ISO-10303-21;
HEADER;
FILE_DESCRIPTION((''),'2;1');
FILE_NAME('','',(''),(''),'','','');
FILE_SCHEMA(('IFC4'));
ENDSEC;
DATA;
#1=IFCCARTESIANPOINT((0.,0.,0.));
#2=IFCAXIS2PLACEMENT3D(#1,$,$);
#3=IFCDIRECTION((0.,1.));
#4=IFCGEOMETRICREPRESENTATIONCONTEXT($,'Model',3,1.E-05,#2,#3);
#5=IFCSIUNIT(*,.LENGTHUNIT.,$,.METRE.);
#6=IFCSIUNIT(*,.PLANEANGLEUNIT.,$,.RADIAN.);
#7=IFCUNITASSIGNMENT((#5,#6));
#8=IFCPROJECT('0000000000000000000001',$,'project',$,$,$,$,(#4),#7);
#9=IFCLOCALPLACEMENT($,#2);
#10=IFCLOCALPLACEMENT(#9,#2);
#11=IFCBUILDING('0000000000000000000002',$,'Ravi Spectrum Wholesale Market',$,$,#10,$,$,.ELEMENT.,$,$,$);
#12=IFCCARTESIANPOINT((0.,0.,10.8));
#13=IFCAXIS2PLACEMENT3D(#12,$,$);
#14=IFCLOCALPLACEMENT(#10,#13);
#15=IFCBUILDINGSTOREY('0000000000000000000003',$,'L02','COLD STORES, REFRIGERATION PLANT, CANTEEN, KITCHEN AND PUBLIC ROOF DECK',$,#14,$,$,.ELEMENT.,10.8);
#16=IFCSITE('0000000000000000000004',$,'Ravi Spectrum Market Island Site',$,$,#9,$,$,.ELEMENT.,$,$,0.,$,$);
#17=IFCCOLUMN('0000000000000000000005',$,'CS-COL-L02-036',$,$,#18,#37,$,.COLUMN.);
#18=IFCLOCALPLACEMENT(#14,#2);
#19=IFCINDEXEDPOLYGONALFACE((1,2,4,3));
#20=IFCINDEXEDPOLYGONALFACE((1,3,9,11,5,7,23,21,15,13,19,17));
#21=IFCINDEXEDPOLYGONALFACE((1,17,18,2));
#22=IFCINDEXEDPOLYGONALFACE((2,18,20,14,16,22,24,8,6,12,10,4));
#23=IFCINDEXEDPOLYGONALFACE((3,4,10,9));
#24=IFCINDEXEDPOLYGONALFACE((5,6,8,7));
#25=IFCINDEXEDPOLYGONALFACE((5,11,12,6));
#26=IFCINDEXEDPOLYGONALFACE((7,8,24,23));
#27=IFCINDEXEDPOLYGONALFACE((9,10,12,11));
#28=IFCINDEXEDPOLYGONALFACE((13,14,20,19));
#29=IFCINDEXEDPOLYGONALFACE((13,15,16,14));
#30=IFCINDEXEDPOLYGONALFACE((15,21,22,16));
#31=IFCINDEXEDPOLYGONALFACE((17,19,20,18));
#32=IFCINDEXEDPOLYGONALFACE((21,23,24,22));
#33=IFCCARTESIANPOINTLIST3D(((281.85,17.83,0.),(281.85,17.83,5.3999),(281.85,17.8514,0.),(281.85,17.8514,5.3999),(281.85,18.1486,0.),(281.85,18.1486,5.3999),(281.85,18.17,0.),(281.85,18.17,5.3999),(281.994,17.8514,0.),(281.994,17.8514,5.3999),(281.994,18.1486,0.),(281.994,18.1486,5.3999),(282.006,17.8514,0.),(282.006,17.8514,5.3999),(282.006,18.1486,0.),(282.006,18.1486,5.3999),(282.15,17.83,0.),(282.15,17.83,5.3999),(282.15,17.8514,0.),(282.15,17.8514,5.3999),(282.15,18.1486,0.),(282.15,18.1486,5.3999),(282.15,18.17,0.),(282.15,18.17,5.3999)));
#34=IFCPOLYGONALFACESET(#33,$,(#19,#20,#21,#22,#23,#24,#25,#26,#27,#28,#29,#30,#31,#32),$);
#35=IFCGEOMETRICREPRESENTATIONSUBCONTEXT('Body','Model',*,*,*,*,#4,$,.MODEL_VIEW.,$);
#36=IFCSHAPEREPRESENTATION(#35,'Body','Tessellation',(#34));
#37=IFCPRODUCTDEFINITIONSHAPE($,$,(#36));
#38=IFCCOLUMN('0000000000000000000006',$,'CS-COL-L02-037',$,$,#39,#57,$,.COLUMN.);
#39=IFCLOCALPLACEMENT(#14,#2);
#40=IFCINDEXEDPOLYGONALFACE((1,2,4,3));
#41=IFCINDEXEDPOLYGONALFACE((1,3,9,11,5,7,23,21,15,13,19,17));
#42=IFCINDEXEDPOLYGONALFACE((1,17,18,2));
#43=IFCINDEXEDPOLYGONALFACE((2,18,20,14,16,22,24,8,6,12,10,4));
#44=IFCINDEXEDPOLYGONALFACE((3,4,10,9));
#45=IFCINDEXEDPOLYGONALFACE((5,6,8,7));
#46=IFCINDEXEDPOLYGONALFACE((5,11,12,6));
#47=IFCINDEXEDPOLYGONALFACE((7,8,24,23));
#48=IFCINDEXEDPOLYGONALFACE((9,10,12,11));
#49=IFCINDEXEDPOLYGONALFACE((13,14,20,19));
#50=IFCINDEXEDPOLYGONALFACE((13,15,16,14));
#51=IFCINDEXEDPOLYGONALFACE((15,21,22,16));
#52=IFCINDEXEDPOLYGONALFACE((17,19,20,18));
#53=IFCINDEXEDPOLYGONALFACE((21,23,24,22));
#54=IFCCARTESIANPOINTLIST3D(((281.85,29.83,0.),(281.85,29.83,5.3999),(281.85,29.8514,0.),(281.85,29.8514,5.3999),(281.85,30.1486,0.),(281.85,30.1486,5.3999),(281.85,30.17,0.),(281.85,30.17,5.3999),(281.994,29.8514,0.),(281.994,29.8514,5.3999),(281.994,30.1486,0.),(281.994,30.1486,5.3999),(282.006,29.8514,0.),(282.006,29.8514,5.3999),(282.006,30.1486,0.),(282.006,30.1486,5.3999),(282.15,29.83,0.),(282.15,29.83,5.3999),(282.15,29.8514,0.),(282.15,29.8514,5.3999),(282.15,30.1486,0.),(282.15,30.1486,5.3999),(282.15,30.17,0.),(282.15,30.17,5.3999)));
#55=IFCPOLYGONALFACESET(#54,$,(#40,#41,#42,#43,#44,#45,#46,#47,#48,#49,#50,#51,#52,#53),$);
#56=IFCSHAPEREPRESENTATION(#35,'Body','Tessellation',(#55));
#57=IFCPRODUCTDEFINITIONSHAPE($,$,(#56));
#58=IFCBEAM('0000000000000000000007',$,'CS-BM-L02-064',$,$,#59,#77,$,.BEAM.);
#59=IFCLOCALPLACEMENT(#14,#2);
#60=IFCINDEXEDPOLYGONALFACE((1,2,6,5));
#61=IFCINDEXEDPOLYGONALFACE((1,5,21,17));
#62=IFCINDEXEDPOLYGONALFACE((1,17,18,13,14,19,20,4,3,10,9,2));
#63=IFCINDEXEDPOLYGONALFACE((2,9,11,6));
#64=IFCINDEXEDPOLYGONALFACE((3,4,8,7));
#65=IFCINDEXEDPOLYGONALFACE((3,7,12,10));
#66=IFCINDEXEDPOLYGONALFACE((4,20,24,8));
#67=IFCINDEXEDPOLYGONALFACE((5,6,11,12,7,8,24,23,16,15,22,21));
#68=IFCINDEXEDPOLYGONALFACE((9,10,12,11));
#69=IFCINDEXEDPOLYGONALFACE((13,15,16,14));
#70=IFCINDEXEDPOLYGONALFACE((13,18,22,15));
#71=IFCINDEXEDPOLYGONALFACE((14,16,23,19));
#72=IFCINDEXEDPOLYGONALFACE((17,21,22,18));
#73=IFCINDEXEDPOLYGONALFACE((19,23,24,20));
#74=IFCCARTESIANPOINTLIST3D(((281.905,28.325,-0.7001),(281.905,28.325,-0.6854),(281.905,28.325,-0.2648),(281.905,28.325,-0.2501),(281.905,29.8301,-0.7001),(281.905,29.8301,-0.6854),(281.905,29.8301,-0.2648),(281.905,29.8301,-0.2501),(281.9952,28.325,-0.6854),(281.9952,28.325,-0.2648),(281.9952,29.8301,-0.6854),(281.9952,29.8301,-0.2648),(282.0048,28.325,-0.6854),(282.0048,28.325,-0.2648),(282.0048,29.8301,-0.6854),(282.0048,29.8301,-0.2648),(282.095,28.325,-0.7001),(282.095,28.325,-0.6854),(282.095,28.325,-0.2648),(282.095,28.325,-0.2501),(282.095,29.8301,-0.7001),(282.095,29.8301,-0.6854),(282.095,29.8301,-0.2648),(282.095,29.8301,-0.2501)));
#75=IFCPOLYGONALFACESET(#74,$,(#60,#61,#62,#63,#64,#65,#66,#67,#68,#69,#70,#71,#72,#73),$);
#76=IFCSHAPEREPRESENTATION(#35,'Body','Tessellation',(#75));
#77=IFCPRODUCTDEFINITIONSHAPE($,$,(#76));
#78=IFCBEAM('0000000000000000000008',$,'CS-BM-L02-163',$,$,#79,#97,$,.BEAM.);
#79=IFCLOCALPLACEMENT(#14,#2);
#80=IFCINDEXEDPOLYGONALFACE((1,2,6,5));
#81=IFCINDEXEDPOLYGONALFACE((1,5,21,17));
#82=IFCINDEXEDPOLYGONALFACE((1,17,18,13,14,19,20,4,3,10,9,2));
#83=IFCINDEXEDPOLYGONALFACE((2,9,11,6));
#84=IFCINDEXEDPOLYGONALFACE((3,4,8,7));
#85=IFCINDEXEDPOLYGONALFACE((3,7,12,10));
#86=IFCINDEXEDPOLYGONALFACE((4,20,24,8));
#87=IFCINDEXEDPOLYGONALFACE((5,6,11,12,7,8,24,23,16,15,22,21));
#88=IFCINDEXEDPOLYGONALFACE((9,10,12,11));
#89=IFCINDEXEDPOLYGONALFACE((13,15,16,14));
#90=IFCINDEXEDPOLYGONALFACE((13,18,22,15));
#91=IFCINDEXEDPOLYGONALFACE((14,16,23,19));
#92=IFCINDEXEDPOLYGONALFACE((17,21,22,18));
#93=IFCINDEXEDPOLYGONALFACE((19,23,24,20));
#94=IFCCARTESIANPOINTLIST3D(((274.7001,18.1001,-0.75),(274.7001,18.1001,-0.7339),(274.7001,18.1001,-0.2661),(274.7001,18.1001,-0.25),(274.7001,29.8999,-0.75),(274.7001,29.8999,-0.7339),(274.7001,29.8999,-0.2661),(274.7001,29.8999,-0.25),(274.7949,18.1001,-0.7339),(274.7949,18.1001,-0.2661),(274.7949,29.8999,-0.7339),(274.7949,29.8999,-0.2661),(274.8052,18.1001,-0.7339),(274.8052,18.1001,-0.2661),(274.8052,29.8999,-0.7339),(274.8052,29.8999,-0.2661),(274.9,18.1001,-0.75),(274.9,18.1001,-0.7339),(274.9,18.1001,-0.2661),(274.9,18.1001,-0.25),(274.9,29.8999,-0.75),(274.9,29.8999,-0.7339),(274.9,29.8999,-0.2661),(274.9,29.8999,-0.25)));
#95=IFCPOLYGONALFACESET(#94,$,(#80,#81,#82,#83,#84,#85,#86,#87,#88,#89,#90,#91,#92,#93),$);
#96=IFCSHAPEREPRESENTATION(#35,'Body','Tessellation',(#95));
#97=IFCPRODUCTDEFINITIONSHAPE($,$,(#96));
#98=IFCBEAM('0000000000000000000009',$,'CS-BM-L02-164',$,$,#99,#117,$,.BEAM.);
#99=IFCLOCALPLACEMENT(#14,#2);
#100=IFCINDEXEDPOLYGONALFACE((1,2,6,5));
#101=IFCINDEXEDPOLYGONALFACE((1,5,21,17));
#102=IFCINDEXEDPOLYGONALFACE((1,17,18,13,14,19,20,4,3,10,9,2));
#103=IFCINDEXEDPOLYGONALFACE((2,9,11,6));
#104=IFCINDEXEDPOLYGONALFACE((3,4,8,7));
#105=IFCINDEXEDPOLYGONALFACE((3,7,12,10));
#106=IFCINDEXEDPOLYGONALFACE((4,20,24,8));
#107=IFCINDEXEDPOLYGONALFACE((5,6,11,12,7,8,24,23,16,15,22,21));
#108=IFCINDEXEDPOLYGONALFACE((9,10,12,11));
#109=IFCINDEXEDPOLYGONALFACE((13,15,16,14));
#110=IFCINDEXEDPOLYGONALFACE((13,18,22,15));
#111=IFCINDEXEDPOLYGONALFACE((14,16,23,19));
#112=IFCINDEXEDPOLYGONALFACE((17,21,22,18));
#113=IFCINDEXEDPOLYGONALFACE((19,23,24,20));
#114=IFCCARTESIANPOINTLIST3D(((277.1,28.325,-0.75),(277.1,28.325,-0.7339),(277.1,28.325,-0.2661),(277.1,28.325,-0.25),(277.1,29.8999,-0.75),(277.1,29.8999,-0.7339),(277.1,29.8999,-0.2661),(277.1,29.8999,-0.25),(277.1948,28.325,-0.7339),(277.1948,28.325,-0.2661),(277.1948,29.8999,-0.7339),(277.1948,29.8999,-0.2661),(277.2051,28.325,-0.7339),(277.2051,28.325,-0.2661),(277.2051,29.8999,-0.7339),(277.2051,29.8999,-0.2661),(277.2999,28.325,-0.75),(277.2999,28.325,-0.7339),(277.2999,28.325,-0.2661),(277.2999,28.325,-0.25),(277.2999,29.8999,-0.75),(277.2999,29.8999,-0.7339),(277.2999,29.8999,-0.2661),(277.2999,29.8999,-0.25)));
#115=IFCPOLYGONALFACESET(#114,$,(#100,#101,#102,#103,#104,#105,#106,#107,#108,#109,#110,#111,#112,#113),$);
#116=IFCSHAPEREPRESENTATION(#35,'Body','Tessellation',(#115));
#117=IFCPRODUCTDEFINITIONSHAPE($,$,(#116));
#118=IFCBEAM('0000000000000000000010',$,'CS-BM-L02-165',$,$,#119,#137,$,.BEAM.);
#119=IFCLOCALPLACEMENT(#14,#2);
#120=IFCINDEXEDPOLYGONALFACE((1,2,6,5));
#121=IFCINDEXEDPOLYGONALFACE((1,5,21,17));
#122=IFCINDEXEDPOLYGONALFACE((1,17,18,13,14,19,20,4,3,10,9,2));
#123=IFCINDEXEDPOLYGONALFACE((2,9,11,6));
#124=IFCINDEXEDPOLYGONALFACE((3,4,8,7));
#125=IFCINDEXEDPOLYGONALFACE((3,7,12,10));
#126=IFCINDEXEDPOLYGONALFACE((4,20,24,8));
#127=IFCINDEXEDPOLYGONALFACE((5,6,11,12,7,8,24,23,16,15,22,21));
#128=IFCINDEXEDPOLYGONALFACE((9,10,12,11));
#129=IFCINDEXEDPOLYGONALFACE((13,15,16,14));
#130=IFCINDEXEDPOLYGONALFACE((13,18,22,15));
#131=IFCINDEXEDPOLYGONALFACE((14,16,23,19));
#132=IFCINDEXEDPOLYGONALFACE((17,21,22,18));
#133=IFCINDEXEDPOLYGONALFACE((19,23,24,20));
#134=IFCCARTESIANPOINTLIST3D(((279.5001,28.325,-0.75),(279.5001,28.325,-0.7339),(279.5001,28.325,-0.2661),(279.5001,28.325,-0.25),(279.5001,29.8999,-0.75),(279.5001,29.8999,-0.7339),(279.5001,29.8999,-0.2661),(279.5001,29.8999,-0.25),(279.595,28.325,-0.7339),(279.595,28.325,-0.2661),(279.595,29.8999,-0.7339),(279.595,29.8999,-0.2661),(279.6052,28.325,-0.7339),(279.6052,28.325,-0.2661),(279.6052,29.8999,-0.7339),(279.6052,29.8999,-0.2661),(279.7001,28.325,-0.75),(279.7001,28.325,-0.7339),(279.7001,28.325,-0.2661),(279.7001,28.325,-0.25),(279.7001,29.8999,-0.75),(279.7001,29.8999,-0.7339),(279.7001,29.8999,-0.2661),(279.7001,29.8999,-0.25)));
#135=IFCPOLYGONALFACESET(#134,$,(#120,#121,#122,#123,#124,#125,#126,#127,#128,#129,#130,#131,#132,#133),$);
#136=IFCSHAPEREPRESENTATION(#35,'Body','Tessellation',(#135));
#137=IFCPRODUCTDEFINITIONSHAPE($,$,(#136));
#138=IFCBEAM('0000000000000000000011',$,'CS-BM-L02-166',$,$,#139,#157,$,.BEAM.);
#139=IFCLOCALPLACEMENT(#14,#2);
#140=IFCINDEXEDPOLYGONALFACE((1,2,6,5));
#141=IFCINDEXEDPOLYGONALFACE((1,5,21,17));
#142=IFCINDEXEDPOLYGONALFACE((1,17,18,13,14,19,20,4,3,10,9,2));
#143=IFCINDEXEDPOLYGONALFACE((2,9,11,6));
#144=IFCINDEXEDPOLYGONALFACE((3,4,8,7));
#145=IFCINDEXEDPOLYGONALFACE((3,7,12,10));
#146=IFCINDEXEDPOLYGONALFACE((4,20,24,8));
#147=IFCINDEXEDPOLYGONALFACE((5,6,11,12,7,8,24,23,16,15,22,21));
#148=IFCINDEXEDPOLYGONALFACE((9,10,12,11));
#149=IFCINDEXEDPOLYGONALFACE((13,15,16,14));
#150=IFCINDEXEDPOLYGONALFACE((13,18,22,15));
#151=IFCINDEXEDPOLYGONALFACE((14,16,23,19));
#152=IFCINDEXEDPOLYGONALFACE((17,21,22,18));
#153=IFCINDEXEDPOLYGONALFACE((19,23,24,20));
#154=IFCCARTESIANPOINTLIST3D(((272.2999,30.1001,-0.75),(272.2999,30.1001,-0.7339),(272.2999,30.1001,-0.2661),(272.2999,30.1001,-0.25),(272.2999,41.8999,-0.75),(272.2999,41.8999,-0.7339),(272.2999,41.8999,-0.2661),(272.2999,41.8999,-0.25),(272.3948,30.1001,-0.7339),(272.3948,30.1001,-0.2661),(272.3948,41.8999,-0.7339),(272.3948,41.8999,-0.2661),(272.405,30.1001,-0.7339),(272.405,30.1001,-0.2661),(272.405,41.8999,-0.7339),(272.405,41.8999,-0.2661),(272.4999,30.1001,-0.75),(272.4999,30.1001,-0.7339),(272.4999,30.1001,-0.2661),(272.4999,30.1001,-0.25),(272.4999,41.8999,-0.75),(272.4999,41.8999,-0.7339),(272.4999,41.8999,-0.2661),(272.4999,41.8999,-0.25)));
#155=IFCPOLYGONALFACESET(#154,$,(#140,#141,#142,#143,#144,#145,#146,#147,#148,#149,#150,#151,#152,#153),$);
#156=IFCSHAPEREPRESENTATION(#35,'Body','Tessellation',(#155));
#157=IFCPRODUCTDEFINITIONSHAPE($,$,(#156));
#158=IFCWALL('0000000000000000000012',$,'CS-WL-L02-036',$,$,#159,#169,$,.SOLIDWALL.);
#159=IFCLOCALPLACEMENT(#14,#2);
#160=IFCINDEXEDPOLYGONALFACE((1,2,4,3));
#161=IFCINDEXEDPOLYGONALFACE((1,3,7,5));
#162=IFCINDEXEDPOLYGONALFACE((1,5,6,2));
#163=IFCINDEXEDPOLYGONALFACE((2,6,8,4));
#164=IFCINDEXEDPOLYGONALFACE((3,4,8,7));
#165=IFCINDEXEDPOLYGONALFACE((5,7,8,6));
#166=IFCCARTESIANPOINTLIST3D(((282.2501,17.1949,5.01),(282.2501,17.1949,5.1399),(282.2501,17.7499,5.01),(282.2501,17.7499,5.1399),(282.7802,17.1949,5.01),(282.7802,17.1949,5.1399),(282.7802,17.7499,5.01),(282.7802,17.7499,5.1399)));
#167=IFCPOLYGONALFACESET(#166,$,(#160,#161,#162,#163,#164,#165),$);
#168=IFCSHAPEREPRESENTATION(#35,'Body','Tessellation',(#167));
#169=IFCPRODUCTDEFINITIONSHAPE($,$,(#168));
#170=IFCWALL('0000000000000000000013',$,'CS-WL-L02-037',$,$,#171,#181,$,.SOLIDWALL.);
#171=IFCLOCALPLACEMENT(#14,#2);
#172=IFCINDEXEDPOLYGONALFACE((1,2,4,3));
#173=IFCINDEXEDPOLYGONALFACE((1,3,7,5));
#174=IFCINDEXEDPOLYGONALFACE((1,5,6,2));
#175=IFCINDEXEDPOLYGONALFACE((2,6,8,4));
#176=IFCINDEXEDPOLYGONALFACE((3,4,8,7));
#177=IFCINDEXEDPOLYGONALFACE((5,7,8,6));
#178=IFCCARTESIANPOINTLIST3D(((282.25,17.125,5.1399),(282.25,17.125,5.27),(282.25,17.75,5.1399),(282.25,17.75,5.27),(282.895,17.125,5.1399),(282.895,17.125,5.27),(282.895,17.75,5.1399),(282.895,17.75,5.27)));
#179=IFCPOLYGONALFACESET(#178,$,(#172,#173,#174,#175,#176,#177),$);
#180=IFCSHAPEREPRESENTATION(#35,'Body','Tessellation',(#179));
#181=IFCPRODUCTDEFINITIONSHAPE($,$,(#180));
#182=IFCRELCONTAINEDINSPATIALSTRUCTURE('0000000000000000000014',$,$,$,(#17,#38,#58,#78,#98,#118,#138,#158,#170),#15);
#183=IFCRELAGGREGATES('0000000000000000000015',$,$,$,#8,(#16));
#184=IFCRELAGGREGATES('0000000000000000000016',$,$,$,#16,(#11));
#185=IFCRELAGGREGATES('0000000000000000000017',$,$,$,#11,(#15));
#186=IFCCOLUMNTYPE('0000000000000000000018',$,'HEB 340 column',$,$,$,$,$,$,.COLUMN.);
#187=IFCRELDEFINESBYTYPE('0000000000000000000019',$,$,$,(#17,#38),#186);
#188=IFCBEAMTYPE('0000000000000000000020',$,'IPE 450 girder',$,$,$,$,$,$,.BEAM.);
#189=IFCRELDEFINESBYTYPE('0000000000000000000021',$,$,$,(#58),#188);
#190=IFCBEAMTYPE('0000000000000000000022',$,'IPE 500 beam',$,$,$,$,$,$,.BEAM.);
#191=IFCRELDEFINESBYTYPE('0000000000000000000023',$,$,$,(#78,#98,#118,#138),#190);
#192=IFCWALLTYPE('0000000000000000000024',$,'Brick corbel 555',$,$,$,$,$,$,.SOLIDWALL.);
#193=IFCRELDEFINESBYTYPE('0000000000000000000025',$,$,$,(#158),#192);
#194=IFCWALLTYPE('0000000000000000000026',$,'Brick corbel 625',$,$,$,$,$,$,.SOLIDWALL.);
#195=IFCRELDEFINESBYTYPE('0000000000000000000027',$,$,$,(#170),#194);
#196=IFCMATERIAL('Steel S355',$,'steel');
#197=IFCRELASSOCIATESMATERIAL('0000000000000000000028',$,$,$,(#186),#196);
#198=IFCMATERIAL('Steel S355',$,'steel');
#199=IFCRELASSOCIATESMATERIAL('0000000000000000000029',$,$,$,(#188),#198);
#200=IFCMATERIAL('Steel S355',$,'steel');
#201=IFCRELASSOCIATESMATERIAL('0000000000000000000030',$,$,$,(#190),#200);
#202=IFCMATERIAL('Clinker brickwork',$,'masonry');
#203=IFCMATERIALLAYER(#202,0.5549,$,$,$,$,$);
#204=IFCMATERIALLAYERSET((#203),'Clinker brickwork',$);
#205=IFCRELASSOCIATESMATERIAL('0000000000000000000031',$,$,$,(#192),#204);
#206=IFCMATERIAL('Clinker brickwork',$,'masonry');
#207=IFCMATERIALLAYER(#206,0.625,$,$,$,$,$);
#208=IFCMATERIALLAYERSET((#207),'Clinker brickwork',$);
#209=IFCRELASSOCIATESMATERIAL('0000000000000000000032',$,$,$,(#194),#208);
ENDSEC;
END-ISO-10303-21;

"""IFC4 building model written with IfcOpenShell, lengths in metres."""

from ifc_helpers import new_model, si_unit, direction, frame, frame_2d, origin, origin_2d, place, context, subcontext, project, spatial, rectangle, i_section, extrude, material, layer, layer_set, material_profile, profile_set, type_object, element, save


model = new_model("IFC4")

# Units and contexts
model_context = context("Model", 3, precision=1e-05, world=origin(), true_north=direction((0.0, 1.0)))
body_context = subcontext(model_context, "Body", "Model", "MODEL_VIEW")
ifc_project = project(units=[si_unit("LENGTHUNIT", "METRE"), si_unit("PLANEANGLEUNIT", "RADIAN")], contexts=[model_context])

# Site, building, storey
site_placement = place(None, origin())
site = spatial("IfcSite", under=ifc_project, at=site_placement, Name="Ravi Spectrum Market Island Site", CompositionType="ELEMENT", RefElevation=0.0)
building_placement = place(site_placement, origin())
building = spatial("IfcBuilding", under=site, at=building_placement, Name="Ravi Spectrum Wholesale Market", CompositionType="ELEMENT")
storey_placement = place(building_placement, frame((0.0, 0.0, 10.8)))
storey = spatial("IfcBuildingStorey", under=building, at=storey_placement, Name="L02", Description="COLD STORES, REFRIGERATION PLANT, CANTEEN, KITCHEN AND PUBLIC ROOF DECK", CompositionType="ELEMENT", Elevation=10.8)

# Columns
ifc_material_1 = material(Name="Steel S355", Category="steel")
ifc_material_profile_1 = material_profile(ifc_material_1, i_section(OverallWidth=0.3, OverallDepth=0.3401, WebThickness=0.012, FlangeThickness=0.0215, at=origin_2d()))
ifc_profile_set_1 = profile_set([ifc_material_profile_1], Name="Steel S355")
column_type = type_object("IfcColumnType", Name="HEB 340 column", PredefinedType="COLUMN", material=ifc_profile_set_1)
for number, where, z_axis, x_axis, name in (
    (1, (282.0, 18.0, 0.0), (0.0, 0.0, 1.0), (1.0, 0.0, 0.0), "CS-COL-L02-036"),
    (2, (282.0, 30.0, 0.0), (0.0, 0.0, 1.0), (1.0, 0.0, 0.0), "CS-COL-L02-037"),
):
    element("IfcColumn", number, at=place(storey_placement, frame(where, z_axis=z_axis, x_axis=x_axis)), inside=storey, type_object=column_type, Name=name, PredefinedType="COLUMN", context=body_context, shape_type="SweptSolid", body=[
        extrude(i_section(OverallWidth=0.3, OverallDepth=0.3401, WebThickness=0.012, FlangeThickness=0.0215, at=origin_2d()), origin(), (0.0, 0.0, 1.0), 5.3999),
    ])

# Beams
ifc_material_2 = material(Name="Steel S355", Category="steel")
ifc_material_profile_2 = material_profile(ifc_material_2, i_section(OverallWidth=0.1899, OverallDepth=0.45, WebThickness=0.0095, FlangeThickness=0.0146, at=origin_2d()))
ifc_profile_set_2 = profile_set([ifc_material_profile_2], Name="Steel S355")
beam_type_1 = type_object("IfcBeamType", Name="IPE 450 girder", PredefinedType="BEAM", material=ifc_profile_set_2)
beam_1_placement = place(storey_placement, frame((282.0, 28.325, -0.4751), z_axis=(0.0, 1.0, 0.0), x_axis=(-1.0, 0.0, 0.0)))
element("IfcBeam", 3, at=beam_1_placement, inside=storey, type_object=beam_type_1, Name="CS-BM-L02-064", PredefinedType="BEAM", context=body_context, shape_type="SweptSolid", body=[
    extrude(i_section(OverallWidth=0.1899, OverallDepth=0.45, WebThickness=0.0095, FlangeThickness=0.0146, at=origin_2d()), origin(), (0.0, 0.0, 1.0), 1.5051),
])
ifc_material_3 = material(Name="Steel S355", Category="steel")
ifc_material_profile_3 = material_profile(ifc_material_3, i_section(OverallWidth=0.2, OverallDepth=0.5, WebThickness=0.0103, FlangeThickness=0.0161, at=origin_2d()))
ifc_profile_set_3 = profile_set([ifc_material_profile_3], Name="Steel S355")
beam_type_2 = type_object("IfcBeamType", Name="IPE 500 beam", PredefinedType="BEAM", material=ifc_profile_set_3)
beam_2_placement = place(storey_placement, frame((274.8, 18.1001, -0.5), z_axis=(0.0, 1.0, 0.0), x_axis=(-1.0, 0.0, 0.0)))
element("IfcBeam", 4, at=beam_2_placement, inside=storey, type_object=beam_type_2, Name="CS-BM-L02-163", PredefinedType="BEAM", context=body_context, shape_type="SweptSolid", body=[
    extrude(i_section(OverallWidth=0.2, OverallDepth=0.5, WebThickness=0.0103, FlangeThickness=0.0161, at=origin_2d()), origin(), (0.0, 0.0, 1.0), 11.7998),
])
for number, where, z_axis, x_axis, name in (
    (5, (277.2, 28.325, -0.5), (0.0, 1.0, 0.0), (-1.0, 0.0, 0.0), "CS-BM-L02-164"),
    (6, (279.6001, 28.325, -0.5), (0.0, 1.0, 0.0), (-1.0, 0.0, 0.0), "CS-BM-L02-165"),
):
    element("IfcBeam", number, at=place(storey_placement, frame(where, z_axis=z_axis, x_axis=x_axis)), inside=storey, type_object=beam_type_2, Name=name, PredefinedType="BEAM", context=body_context, shape_type="SweptSolid", body=[
        extrude(i_section(OverallWidth=0.2, OverallDepth=0.5, WebThickness=0.0103, FlangeThickness=0.0161, at=origin_2d()), origin(), (0.0, 0.0, 1.0), 1.575),
    ])
beam_3_placement = place(storey_placement, frame((272.3999, 30.1001, -0.5), z_axis=(0.0, 1.0, 0.0), x_axis=(-1.0, 0.0, 0.0)))
element("IfcBeam", 7, at=beam_3_placement, inside=storey, type_object=beam_type_2, Name="CS-BM-L02-166", PredefinedType="BEAM", context=body_context, shape_type="SweptSolid", body=[
    extrude(i_section(OverallWidth=0.2, OverallDepth=0.5, WebThickness=0.0103, FlangeThickness=0.0161, at=origin_2d()), origin(), (0.0, 0.0, 1.0), 11.7998),
])

# Walls
ifc_material_4 = material(Name="Clinker brickwork", Category="masonry")
ifc_layer_1 = layer(ifc_material_4, 0.5549)
ifc_layer_set_1 = layer_set([ifc_layer_1], Name="Clinker brickwork")
wall_type_1 = type_object("IfcWallType", Name="Brick corbel 555", PredefinedType="SOLIDWALL", material=ifc_layer_set_1)
wall_1_placement = place(storey_placement, frame((282.25, 17.4724, 5.01), z_axis=(0.0, 0.0, 1.0), x_axis=(1.0, 0.0, 0.0)))
element("IfcWall", 8, at=wall_1_placement, inside=storey, type_object=wall_type_1, Name="CS-WL-L02-036", PredefinedType="SOLIDWALL", context=body_context, shape_type="SweptSolid", body=[
    extrude(rectangle(XDim=0.53, YDim=0.5549, at=frame_2d((0.2651, 0.0))), origin(), (0.0, 0.0, 1.0), 0.1299),
])
ifc_material_5 = material(Name="Clinker brickwork", Category="masonry")
ifc_layer_2 = layer(ifc_material_5, 0.625)
ifc_layer_set_2 = layer_set([ifc_layer_2], Name="Clinker brickwork")
wall_type_2 = type_object("IfcWallType", Name="Brick corbel 625", PredefinedType="SOLIDWALL", material=ifc_layer_set_2)
wall_2_placement = place(storey_placement, frame((282.25, 17.4375, 5.1399), z_axis=(0.0, 0.0, 1.0), x_axis=(1.0, 0.0, 0.0)))
element("IfcWall", 9, at=wall_2_placement, inside=storey, type_object=wall_type_2, Name="CS-WL-L02-037", PredefinedType="SOLIDWALL", context=body_context, shape_type="SweptSolid", body=[
    extrude(rectangle(XDim=0.645, YDim=0.625, at=frame_2d((0.3225, 0.0))), origin(), (0.0, 0.0, 1.0), 0.1301),
])

save(model, "model.ifc")
